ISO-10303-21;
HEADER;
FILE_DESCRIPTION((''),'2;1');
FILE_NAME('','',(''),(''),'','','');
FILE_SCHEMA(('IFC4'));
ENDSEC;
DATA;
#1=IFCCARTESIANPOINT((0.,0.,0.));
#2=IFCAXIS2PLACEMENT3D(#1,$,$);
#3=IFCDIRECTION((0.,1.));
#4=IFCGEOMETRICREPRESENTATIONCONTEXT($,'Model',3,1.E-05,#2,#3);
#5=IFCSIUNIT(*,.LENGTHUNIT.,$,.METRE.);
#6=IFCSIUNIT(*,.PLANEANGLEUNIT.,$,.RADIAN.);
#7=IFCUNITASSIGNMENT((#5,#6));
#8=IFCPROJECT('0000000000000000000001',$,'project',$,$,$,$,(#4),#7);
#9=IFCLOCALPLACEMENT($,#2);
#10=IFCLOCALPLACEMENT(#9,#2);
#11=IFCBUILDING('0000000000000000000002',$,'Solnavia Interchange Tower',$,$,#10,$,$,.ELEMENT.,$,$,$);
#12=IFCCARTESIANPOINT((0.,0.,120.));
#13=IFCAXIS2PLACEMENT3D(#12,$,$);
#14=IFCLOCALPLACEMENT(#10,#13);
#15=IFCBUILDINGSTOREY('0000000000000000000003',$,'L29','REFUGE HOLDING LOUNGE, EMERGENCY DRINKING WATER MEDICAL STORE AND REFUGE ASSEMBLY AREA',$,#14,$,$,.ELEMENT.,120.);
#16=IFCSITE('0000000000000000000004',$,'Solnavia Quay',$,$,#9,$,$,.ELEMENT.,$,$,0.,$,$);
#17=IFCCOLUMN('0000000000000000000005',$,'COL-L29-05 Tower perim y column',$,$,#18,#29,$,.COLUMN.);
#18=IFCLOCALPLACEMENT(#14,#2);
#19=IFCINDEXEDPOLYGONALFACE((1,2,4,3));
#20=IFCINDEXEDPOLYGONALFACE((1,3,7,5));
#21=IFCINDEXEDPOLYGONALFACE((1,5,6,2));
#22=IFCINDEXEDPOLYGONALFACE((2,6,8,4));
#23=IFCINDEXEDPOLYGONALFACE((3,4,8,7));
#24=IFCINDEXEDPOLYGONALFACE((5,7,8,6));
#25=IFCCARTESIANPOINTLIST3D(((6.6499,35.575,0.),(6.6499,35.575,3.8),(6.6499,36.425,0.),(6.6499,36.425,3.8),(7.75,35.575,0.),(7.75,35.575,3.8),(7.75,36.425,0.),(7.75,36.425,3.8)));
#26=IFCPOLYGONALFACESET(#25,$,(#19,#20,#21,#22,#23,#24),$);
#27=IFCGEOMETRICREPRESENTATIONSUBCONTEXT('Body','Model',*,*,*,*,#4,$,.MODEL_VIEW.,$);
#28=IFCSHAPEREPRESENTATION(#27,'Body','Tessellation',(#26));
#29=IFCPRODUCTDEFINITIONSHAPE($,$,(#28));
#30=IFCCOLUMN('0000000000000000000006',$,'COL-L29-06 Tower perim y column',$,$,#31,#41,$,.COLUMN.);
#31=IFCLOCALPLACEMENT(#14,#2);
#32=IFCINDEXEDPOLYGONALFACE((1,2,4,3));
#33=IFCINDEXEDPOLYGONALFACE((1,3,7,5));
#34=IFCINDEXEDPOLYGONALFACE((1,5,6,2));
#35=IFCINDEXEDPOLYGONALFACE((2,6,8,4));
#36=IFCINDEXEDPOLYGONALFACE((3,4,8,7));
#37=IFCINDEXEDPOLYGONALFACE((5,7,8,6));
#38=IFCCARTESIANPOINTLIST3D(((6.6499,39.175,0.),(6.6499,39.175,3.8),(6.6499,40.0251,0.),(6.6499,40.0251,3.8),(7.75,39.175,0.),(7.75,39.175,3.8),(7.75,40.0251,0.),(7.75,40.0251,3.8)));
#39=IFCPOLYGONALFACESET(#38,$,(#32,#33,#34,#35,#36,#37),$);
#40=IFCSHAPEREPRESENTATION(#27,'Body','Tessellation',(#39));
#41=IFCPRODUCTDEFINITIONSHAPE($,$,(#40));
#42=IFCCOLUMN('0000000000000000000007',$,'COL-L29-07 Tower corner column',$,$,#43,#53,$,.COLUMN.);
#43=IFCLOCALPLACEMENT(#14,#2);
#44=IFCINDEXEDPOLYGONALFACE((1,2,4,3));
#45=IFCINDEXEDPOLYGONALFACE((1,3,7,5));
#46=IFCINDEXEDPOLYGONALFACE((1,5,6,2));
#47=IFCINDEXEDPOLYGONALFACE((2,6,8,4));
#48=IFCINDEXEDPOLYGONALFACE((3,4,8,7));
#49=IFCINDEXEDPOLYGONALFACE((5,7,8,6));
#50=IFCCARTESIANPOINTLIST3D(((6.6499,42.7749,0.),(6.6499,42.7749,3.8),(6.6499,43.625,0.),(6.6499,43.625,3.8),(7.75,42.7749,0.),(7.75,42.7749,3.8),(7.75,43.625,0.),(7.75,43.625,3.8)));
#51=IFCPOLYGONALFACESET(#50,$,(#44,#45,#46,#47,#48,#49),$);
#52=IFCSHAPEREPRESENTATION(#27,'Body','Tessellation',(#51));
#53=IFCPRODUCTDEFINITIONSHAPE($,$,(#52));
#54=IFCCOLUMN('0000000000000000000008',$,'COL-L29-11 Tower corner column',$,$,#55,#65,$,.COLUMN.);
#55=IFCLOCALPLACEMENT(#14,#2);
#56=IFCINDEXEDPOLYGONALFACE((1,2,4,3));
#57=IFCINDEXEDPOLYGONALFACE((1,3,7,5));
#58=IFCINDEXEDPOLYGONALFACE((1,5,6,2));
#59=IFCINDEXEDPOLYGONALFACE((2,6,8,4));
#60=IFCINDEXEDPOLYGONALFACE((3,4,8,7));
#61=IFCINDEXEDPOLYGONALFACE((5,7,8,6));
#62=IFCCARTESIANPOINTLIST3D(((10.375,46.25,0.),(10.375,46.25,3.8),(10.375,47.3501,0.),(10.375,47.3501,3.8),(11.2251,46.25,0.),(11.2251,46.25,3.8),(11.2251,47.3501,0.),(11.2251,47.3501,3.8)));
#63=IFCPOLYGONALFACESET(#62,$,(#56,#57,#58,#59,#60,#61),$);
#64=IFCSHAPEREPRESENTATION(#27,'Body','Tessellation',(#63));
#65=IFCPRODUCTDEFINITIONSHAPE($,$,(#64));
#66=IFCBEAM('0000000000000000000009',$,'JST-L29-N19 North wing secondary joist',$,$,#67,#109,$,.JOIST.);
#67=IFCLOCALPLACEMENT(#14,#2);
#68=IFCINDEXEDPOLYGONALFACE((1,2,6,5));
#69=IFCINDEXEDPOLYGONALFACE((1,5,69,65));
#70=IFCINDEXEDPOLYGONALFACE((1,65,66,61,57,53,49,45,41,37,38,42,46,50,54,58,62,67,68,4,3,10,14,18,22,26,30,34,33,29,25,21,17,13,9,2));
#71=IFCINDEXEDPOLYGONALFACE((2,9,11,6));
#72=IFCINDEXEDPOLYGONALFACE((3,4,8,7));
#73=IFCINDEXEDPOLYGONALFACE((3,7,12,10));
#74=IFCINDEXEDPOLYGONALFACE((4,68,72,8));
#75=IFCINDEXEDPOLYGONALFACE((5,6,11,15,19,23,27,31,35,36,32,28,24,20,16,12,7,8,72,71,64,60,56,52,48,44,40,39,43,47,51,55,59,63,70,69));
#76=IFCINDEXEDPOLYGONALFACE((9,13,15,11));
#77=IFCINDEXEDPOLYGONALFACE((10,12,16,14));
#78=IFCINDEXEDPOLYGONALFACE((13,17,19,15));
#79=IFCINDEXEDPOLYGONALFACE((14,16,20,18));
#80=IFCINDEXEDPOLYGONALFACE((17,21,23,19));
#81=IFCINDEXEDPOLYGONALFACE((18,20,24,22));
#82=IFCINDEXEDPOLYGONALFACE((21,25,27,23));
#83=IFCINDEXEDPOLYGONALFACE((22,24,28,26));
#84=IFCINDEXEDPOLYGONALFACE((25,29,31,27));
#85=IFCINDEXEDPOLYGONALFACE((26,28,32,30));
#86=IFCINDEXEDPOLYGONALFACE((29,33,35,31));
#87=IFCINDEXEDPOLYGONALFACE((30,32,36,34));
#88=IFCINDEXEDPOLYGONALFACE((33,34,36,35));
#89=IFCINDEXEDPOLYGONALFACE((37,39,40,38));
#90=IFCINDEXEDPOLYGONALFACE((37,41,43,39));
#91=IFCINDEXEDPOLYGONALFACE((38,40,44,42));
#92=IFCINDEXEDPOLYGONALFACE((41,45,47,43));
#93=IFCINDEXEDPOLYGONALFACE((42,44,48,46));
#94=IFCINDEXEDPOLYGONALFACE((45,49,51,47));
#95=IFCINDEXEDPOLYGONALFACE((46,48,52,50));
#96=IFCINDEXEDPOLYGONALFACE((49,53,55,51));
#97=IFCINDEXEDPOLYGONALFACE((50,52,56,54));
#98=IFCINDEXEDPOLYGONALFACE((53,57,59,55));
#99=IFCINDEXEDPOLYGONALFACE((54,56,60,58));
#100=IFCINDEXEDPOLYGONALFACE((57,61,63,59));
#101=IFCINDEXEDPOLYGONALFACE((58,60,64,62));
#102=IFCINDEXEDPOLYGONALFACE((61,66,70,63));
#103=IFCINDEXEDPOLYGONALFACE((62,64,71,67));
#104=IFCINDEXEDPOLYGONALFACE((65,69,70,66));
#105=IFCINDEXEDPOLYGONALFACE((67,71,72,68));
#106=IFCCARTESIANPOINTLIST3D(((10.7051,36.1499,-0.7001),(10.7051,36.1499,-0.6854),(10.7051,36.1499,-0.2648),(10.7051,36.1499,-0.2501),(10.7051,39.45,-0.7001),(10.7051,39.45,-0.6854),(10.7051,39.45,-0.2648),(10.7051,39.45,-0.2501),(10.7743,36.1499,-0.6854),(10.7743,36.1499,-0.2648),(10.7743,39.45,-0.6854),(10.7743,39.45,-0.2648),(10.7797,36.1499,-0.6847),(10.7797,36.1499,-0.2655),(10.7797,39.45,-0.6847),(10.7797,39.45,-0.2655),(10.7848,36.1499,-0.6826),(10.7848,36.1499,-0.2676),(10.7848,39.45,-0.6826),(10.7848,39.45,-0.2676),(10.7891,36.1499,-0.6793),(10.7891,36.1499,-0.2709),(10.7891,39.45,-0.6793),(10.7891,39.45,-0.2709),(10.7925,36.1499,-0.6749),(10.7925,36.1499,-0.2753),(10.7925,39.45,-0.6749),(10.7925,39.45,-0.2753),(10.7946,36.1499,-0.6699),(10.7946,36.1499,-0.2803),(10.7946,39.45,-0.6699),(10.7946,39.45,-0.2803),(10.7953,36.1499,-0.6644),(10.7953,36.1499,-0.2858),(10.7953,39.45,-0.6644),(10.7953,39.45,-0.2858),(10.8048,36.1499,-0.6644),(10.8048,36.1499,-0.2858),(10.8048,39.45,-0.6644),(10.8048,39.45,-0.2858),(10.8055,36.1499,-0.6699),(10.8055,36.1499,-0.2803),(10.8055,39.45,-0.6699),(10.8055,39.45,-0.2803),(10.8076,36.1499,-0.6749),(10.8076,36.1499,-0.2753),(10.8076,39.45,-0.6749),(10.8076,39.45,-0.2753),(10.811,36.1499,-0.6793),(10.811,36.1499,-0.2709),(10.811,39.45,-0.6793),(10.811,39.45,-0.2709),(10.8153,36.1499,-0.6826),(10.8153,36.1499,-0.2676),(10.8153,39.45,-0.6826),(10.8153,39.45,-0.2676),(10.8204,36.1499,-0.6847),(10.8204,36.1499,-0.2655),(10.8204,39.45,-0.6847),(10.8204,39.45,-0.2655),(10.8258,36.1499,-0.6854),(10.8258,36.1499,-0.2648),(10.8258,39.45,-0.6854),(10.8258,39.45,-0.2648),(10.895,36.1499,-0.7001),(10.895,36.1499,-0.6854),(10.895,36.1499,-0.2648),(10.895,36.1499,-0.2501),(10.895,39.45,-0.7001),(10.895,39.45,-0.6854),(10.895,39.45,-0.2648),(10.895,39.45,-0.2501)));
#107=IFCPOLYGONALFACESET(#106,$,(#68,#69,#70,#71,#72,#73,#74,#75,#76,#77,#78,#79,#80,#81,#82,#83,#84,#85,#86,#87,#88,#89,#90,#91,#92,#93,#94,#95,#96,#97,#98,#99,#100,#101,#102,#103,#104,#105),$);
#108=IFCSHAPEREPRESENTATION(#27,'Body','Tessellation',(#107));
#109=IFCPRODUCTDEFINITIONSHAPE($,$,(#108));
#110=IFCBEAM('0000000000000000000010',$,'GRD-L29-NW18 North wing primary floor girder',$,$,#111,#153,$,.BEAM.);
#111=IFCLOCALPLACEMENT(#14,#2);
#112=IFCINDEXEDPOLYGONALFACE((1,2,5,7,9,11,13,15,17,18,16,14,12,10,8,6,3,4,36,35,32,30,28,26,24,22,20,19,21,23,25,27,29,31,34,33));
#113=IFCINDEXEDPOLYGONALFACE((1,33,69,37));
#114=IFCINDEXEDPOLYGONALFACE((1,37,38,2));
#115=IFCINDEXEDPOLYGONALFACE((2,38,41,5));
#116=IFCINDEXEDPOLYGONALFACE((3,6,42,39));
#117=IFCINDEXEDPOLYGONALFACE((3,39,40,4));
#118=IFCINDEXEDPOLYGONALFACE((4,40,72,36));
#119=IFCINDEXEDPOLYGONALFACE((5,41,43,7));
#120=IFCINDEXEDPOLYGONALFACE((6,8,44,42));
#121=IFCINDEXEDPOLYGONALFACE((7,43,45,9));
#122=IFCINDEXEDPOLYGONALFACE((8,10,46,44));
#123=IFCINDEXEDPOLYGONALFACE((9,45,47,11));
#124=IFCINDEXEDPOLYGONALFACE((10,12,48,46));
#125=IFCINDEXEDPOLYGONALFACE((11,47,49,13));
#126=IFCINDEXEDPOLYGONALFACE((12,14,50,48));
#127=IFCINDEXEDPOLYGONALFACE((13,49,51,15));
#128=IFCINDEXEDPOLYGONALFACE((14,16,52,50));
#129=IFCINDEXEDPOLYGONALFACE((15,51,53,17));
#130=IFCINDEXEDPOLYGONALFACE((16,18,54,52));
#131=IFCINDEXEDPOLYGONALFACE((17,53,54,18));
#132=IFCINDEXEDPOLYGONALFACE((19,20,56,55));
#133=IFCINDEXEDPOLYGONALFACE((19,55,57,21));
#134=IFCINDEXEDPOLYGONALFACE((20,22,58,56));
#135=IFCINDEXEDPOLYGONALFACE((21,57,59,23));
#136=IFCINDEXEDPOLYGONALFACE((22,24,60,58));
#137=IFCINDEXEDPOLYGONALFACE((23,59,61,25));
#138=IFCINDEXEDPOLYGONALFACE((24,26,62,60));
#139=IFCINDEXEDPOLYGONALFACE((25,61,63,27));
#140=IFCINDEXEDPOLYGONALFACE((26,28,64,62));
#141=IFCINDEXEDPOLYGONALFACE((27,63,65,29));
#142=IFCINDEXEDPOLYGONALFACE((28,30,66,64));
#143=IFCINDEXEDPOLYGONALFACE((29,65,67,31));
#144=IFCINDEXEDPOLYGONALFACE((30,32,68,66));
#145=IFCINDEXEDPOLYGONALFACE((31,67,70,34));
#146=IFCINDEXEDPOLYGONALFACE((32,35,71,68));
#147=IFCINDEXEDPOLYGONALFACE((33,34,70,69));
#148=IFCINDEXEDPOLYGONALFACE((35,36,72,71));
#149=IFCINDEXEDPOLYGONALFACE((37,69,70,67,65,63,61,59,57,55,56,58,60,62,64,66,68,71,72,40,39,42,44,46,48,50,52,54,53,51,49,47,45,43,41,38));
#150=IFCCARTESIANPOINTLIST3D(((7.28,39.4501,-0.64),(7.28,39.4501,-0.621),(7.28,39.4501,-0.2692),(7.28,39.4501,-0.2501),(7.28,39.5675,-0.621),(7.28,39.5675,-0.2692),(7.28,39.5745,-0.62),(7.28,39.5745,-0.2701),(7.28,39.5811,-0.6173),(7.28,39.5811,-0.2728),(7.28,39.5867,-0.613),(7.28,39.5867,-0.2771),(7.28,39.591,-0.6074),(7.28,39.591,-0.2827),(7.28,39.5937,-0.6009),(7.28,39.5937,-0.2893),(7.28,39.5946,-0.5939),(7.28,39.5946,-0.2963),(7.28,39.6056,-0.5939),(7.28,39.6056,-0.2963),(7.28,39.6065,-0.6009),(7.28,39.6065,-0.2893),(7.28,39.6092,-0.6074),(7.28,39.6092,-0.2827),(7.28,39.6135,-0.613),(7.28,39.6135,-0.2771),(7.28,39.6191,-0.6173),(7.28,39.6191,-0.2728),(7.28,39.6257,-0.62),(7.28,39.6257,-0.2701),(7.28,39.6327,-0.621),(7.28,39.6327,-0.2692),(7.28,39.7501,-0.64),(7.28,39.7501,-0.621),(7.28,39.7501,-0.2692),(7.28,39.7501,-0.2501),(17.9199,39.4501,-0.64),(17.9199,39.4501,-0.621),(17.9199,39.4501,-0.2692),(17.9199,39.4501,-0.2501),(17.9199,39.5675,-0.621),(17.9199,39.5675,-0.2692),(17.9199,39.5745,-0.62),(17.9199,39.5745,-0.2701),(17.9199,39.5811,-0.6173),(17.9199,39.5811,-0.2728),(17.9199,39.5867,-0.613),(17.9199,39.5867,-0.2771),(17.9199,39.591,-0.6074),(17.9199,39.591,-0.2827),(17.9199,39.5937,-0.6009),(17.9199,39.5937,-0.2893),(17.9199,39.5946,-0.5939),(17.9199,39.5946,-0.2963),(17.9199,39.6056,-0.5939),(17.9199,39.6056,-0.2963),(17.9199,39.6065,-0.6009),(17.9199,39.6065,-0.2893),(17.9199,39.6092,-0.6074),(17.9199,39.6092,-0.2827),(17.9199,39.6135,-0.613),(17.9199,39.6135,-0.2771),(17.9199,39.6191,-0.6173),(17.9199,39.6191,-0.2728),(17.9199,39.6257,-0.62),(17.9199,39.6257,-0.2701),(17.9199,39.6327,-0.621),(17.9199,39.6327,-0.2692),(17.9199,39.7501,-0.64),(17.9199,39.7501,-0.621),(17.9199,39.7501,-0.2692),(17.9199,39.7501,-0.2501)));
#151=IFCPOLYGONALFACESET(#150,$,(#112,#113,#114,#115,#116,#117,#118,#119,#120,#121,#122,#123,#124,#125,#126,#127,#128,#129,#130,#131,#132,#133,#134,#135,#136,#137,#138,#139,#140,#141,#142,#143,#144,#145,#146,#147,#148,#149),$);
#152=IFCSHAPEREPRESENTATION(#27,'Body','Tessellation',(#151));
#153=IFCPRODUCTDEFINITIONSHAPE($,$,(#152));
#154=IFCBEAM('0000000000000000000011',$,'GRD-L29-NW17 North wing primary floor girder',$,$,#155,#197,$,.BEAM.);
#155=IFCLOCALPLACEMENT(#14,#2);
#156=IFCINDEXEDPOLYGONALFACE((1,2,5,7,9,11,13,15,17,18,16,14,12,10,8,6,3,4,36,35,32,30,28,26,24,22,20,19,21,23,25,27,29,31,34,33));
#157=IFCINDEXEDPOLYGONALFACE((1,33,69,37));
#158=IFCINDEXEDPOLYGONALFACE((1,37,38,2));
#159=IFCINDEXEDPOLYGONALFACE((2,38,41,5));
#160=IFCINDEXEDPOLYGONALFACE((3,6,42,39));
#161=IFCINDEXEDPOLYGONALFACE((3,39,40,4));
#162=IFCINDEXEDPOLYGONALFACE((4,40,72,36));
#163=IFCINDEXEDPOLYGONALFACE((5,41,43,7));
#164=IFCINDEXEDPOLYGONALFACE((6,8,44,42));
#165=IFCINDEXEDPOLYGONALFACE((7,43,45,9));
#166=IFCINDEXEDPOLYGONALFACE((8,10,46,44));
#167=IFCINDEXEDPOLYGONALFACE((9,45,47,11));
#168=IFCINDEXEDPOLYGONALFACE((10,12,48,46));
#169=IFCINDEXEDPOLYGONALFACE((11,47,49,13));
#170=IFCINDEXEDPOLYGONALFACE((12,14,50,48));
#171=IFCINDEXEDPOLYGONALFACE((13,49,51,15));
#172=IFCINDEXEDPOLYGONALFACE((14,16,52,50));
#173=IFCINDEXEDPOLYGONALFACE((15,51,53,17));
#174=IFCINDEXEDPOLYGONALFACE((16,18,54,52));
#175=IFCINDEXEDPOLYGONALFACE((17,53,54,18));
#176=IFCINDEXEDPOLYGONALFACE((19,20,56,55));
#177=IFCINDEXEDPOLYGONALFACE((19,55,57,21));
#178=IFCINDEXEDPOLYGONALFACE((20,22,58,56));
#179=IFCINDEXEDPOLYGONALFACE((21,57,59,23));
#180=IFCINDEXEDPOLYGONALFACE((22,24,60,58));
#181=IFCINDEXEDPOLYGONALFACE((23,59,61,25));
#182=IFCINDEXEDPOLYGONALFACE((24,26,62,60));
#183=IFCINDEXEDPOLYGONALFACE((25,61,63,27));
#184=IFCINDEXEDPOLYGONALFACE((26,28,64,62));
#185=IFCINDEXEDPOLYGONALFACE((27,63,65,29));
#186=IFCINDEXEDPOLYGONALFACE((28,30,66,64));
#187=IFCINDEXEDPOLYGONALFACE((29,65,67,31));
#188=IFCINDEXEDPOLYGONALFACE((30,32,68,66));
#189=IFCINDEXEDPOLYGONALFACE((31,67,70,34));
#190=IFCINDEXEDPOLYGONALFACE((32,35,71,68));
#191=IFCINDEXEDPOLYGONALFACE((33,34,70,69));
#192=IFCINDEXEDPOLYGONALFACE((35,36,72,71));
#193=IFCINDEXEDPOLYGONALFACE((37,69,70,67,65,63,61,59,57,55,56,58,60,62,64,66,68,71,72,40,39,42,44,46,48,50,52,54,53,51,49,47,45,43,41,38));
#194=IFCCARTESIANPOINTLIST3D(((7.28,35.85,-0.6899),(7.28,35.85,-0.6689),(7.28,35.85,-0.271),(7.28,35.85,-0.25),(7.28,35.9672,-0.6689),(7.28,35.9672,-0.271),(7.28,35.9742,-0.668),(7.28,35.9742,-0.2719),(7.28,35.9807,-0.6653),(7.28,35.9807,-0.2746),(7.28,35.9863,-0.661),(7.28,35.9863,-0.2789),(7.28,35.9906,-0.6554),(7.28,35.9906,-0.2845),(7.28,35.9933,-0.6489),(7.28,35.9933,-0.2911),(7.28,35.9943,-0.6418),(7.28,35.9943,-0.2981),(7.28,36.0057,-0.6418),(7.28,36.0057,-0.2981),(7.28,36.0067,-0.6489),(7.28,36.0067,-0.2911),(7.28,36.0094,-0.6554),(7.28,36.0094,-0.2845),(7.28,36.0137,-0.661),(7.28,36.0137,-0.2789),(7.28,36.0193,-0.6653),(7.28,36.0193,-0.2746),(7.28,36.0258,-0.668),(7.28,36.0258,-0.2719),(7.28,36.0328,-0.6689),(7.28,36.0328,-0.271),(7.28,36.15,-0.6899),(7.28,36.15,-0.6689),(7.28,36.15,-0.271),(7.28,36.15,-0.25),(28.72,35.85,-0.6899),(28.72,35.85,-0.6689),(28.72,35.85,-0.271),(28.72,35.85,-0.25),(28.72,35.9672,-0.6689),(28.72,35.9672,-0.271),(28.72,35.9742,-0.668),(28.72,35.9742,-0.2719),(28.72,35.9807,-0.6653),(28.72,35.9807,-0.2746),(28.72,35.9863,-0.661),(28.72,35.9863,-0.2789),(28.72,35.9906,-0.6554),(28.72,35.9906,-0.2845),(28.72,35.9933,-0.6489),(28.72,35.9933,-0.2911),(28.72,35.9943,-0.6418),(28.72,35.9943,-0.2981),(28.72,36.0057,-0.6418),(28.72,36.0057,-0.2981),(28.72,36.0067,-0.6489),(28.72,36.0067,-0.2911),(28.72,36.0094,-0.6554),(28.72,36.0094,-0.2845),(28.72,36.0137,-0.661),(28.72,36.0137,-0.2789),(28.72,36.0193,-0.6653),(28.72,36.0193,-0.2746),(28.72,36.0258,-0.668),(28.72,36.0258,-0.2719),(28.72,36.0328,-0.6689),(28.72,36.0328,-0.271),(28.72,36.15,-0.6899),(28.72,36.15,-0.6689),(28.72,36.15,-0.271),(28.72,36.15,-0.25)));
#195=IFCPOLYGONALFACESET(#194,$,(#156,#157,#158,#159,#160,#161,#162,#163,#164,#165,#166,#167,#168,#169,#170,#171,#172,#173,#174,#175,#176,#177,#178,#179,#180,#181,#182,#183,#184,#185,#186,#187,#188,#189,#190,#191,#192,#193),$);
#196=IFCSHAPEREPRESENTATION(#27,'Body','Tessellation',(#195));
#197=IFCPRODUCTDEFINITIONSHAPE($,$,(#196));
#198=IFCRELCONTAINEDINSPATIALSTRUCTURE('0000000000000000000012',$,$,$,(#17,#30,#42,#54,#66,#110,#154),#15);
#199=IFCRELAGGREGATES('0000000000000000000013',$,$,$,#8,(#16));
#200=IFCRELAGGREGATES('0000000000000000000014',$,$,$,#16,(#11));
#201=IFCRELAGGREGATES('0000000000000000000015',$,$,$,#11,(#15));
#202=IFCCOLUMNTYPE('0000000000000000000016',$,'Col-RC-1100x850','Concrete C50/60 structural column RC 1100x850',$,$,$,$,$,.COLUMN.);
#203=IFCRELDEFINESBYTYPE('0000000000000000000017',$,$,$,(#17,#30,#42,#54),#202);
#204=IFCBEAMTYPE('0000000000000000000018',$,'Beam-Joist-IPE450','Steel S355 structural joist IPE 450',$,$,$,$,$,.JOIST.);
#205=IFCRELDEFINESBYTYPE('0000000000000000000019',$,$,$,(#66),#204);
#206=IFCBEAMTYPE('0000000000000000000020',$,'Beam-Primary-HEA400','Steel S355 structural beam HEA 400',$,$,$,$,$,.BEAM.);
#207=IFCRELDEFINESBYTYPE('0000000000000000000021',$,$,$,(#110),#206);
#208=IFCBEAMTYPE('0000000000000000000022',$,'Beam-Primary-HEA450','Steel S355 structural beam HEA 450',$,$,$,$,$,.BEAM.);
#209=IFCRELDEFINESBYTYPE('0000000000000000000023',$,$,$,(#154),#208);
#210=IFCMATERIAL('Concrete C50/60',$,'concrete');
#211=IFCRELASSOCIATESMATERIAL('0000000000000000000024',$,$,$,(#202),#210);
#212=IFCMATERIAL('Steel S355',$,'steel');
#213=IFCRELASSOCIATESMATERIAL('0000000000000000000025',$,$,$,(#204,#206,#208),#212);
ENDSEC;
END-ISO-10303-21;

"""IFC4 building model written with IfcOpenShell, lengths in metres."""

from ifc_helpers import new_model, si_unit, direction, frame, origin, origin_2d, place, context, subcontext, project, spatial, rectangle, i_section, extrude, material, material_profile, profile_set, type_object, element, save


model = new_model("IFC4")

# Units and contexts
model_context = context("Model", 3, precision=1e-05, world=origin(), true_north=direction((0.0, 1.0)))
body_context = subcontext(model_context, "Body", "Model", "MODEL_VIEW")
ifc_project = project(units=[si_unit("LENGTHUNIT", "METRE"), si_unit("PLANEANGLEUNIT", "RADIAN")], contexts=[model_context])

# Site, building, storey
site_placement = place(None, origin())
site = spatial("IfcSite", under=ifc_project, at=site_placement, Name="Solnavia Quay", CompositionType="ELEMENT", RefElevation=0.0)
building_placement = place(site_placement, origin())
building = spatial("IfcBuilding", under=site, at=building_placement, Name="Solnavia Interchange Tower", CompositionType="ELEMENT")
storey_placement = place(building_placement, frame((0.0, 0.0, 120.0)))
storey = spatial("IfcBuildingStorey", under=building, at=storey_placement, Name="L29", Description="REFUGE HOLDING LOUNGE, EMERGENCY DRINKING WATER MEDICAL STORE AND REFUGE ASSEMBLY AREA", CompositionType="ELEMENT", Elevation=120.0)

# Columns
ifc_material_1 = material(Name="Concrete C50/60", Category="concrete")
ifc_material_profile_1 = material_profile(ifc_material_1, rectangle(XDim=0.8501, YDim=1.1001, at=origin_2d()), Name="RC 1100x850")
ifc_profile_set_1 = profile_set([ifc_material_profile_1], Name="Concrete C50/60")
column_type = type_object("IfcColumnType", Name="Col-RC-1100x850", Description="Concrete C50/60 structural column RC 1100x850", PredefinedType="COLUMN", material=ifc_profile_set_1)
for number, where, z_axis, x_axis, name in (
    (1, (7.2, 36.0, 0.0), (0.0, 0.0, 1.0), (0.0, 1.0, 0.0), "COL-L29-05 Tower perim y column"),
    (2, (7.2, 39.6001, 0.0), (0.0, 0.0, 1.0), (0.0, 1.0, 0.0), "COL-L29-06 Tower perim y column"),
    (3, (7.2, 43.2, 0.0), (0.0, 0.0, 1.0), (0.0, 1.0, 0.0), "COL-L29-07 Tower corner column"),
    (4, (10.8, 46.8, 0.0), (0.0, 0.0, 1.0), (1.0, 0.0, 0.0), "COL-L29-11 Tower corner column"),
):
    element("IfcColumn", number, at=place(storey_placement, frame(where, z_axis=z_axis, x_axis=x_axis)), inside=storey, type_object=column_type, Name=name, PredefinedType="COLUMN", context=body_context, shape_type="SweptSolid", body=[
        extrude(rectangle(XDim=0.8501, YDim=1.1001, at=origin_2d()), origin(), (0.0, 0.0, 1.0), 3.8),
    ])

# Beams
ifc_material_2 = material(Name="Steel S355", Category="steel")
ifc_material_profile_2 = material_profile(ifc_material_2, i_section(OverallWidth=0.1899, OverallDepth=0.45, WebThickness=0.0095, FlangeThickness=0.0146, FilletRadius=0.021, at=origin_2d()), Name="IPE 450")
ifc_profile_set_2 = profile_set([ifc_material_profile_2], Name="Steel S355")
beam_type_1 = type_object("IfcBeamType", Name="Beam-Joist-IPE450", Description="Steel S355 structural joist IPE 450", PredefinedType="JOIST", material=ifc_profile_set_2)
beam_1_placement = place(storey_placement, frame((10.8, 36.1499, -0.4751), z_axis=(0.0, 1.0, 0.0), x_axis=(-1.0, 0.0, 0.0)))
element("IfcBeam", 5, at=beam_1_placement, inside=storey, type_object=beam_type_1, Name="JST-L29-N19 North wing secondary joist", PredefinedType="JOIST", context=body_context, shape_type="SweptSolid", body=[
    extrude(i_section(OverallWidth=0.1899, OverallDepth=0.45, WebThickness=0.0095, FlangeThickness=0.0146, FilletRadius=0.021, at=origin_2d()), origin(), (0.0, 0.0, 1.0), 3.3),
])
ifc_material_profile_3 = material_profile(ifc_material_2, i_section(OverallWidth=0.3, OverallDepth=0.3899, WebThickness=0.011, FlangeThickness=0.019, FilletRadius=0.0271, at=origin_2d()), Name="HEA 400")
ifc_profile_set_3 = profile_set([ifc_material_profile_3], Name="Steel S355")
beam_type_2 = type_object("IfcBeamType", Name="Beam-Primary-HEA400", Description="Steel S355 structural beam HEA 400", PredefinedType="BEAM", material=ifc_profile_set_3)
beam_2_placement = place(storey_placement, frame((7.28, 39.6001, -0.4451), z_axis=(1.0, 0.0, 0.0), x_axis=(0.0, 1.0, 0.0)))
element("IfcBeam", 6, at=beam_2_placement, inside=storey, type_object=beam_type_2, Name="GRD-L29-NW18 North wing primary floor girder", PredefinedType="BEAM", context=body_context, shape_type="SweptSolid", body=[
    extrude(i_section(OverallWidth=0.3, OverallDepth=0.3899, WebThickness=0.011, FlangeThickness=0.019, FilletRadius=0.0271, at=origin_2d()), origin(), (0.0, 0.0, 1.0), 10.6399),
])
ifc_material_profile_4 = material_profile(ifc_material_2, i_section(OverallWidth=0.3, OverallDepth=0.4399, WebThickness=0.0115, FlangeThickness=0.021, FilletRadius=0.0271, at=origin_2d()), Name="HEA 450")
ifc_profile_set_4 = profile_set([ifc_material_profile_4], Name="Steel S355")
beam_type_3 = type_object("IfcBeamType", Name="Beam-Primary-HEA450", Description="Steel S355 structural beam HEA 450", PredefinedType="BEAM", material=ifc_profile_set_4)
beam_3_placement = place(storey_placement, frame((7.28, 36.0, -0.47), z_axis=(1.0, 0.0, 0.0), x_axis=(0.0, 1.0, 0.0)))
element("IfcBeam", 7, at=beam_3_placement, inside=storey, type_object=beam_type_3, Name="GRD-L29-NW17 North wing primary floor girder", PredefinedType="BEAM", context=body_context, shape_type="SweptSolid", body=[
    extrude(i_section(OverallWidth=0.3, OverallDepth=0.4399, WebThickness=0.0115, FlangeThickness=0.021, FilletRadius=0.0271, at=origin_2d()), origin(), (0.0, 0.0, 1.0), 21.4399),
])

save(model, "model.ifc")
